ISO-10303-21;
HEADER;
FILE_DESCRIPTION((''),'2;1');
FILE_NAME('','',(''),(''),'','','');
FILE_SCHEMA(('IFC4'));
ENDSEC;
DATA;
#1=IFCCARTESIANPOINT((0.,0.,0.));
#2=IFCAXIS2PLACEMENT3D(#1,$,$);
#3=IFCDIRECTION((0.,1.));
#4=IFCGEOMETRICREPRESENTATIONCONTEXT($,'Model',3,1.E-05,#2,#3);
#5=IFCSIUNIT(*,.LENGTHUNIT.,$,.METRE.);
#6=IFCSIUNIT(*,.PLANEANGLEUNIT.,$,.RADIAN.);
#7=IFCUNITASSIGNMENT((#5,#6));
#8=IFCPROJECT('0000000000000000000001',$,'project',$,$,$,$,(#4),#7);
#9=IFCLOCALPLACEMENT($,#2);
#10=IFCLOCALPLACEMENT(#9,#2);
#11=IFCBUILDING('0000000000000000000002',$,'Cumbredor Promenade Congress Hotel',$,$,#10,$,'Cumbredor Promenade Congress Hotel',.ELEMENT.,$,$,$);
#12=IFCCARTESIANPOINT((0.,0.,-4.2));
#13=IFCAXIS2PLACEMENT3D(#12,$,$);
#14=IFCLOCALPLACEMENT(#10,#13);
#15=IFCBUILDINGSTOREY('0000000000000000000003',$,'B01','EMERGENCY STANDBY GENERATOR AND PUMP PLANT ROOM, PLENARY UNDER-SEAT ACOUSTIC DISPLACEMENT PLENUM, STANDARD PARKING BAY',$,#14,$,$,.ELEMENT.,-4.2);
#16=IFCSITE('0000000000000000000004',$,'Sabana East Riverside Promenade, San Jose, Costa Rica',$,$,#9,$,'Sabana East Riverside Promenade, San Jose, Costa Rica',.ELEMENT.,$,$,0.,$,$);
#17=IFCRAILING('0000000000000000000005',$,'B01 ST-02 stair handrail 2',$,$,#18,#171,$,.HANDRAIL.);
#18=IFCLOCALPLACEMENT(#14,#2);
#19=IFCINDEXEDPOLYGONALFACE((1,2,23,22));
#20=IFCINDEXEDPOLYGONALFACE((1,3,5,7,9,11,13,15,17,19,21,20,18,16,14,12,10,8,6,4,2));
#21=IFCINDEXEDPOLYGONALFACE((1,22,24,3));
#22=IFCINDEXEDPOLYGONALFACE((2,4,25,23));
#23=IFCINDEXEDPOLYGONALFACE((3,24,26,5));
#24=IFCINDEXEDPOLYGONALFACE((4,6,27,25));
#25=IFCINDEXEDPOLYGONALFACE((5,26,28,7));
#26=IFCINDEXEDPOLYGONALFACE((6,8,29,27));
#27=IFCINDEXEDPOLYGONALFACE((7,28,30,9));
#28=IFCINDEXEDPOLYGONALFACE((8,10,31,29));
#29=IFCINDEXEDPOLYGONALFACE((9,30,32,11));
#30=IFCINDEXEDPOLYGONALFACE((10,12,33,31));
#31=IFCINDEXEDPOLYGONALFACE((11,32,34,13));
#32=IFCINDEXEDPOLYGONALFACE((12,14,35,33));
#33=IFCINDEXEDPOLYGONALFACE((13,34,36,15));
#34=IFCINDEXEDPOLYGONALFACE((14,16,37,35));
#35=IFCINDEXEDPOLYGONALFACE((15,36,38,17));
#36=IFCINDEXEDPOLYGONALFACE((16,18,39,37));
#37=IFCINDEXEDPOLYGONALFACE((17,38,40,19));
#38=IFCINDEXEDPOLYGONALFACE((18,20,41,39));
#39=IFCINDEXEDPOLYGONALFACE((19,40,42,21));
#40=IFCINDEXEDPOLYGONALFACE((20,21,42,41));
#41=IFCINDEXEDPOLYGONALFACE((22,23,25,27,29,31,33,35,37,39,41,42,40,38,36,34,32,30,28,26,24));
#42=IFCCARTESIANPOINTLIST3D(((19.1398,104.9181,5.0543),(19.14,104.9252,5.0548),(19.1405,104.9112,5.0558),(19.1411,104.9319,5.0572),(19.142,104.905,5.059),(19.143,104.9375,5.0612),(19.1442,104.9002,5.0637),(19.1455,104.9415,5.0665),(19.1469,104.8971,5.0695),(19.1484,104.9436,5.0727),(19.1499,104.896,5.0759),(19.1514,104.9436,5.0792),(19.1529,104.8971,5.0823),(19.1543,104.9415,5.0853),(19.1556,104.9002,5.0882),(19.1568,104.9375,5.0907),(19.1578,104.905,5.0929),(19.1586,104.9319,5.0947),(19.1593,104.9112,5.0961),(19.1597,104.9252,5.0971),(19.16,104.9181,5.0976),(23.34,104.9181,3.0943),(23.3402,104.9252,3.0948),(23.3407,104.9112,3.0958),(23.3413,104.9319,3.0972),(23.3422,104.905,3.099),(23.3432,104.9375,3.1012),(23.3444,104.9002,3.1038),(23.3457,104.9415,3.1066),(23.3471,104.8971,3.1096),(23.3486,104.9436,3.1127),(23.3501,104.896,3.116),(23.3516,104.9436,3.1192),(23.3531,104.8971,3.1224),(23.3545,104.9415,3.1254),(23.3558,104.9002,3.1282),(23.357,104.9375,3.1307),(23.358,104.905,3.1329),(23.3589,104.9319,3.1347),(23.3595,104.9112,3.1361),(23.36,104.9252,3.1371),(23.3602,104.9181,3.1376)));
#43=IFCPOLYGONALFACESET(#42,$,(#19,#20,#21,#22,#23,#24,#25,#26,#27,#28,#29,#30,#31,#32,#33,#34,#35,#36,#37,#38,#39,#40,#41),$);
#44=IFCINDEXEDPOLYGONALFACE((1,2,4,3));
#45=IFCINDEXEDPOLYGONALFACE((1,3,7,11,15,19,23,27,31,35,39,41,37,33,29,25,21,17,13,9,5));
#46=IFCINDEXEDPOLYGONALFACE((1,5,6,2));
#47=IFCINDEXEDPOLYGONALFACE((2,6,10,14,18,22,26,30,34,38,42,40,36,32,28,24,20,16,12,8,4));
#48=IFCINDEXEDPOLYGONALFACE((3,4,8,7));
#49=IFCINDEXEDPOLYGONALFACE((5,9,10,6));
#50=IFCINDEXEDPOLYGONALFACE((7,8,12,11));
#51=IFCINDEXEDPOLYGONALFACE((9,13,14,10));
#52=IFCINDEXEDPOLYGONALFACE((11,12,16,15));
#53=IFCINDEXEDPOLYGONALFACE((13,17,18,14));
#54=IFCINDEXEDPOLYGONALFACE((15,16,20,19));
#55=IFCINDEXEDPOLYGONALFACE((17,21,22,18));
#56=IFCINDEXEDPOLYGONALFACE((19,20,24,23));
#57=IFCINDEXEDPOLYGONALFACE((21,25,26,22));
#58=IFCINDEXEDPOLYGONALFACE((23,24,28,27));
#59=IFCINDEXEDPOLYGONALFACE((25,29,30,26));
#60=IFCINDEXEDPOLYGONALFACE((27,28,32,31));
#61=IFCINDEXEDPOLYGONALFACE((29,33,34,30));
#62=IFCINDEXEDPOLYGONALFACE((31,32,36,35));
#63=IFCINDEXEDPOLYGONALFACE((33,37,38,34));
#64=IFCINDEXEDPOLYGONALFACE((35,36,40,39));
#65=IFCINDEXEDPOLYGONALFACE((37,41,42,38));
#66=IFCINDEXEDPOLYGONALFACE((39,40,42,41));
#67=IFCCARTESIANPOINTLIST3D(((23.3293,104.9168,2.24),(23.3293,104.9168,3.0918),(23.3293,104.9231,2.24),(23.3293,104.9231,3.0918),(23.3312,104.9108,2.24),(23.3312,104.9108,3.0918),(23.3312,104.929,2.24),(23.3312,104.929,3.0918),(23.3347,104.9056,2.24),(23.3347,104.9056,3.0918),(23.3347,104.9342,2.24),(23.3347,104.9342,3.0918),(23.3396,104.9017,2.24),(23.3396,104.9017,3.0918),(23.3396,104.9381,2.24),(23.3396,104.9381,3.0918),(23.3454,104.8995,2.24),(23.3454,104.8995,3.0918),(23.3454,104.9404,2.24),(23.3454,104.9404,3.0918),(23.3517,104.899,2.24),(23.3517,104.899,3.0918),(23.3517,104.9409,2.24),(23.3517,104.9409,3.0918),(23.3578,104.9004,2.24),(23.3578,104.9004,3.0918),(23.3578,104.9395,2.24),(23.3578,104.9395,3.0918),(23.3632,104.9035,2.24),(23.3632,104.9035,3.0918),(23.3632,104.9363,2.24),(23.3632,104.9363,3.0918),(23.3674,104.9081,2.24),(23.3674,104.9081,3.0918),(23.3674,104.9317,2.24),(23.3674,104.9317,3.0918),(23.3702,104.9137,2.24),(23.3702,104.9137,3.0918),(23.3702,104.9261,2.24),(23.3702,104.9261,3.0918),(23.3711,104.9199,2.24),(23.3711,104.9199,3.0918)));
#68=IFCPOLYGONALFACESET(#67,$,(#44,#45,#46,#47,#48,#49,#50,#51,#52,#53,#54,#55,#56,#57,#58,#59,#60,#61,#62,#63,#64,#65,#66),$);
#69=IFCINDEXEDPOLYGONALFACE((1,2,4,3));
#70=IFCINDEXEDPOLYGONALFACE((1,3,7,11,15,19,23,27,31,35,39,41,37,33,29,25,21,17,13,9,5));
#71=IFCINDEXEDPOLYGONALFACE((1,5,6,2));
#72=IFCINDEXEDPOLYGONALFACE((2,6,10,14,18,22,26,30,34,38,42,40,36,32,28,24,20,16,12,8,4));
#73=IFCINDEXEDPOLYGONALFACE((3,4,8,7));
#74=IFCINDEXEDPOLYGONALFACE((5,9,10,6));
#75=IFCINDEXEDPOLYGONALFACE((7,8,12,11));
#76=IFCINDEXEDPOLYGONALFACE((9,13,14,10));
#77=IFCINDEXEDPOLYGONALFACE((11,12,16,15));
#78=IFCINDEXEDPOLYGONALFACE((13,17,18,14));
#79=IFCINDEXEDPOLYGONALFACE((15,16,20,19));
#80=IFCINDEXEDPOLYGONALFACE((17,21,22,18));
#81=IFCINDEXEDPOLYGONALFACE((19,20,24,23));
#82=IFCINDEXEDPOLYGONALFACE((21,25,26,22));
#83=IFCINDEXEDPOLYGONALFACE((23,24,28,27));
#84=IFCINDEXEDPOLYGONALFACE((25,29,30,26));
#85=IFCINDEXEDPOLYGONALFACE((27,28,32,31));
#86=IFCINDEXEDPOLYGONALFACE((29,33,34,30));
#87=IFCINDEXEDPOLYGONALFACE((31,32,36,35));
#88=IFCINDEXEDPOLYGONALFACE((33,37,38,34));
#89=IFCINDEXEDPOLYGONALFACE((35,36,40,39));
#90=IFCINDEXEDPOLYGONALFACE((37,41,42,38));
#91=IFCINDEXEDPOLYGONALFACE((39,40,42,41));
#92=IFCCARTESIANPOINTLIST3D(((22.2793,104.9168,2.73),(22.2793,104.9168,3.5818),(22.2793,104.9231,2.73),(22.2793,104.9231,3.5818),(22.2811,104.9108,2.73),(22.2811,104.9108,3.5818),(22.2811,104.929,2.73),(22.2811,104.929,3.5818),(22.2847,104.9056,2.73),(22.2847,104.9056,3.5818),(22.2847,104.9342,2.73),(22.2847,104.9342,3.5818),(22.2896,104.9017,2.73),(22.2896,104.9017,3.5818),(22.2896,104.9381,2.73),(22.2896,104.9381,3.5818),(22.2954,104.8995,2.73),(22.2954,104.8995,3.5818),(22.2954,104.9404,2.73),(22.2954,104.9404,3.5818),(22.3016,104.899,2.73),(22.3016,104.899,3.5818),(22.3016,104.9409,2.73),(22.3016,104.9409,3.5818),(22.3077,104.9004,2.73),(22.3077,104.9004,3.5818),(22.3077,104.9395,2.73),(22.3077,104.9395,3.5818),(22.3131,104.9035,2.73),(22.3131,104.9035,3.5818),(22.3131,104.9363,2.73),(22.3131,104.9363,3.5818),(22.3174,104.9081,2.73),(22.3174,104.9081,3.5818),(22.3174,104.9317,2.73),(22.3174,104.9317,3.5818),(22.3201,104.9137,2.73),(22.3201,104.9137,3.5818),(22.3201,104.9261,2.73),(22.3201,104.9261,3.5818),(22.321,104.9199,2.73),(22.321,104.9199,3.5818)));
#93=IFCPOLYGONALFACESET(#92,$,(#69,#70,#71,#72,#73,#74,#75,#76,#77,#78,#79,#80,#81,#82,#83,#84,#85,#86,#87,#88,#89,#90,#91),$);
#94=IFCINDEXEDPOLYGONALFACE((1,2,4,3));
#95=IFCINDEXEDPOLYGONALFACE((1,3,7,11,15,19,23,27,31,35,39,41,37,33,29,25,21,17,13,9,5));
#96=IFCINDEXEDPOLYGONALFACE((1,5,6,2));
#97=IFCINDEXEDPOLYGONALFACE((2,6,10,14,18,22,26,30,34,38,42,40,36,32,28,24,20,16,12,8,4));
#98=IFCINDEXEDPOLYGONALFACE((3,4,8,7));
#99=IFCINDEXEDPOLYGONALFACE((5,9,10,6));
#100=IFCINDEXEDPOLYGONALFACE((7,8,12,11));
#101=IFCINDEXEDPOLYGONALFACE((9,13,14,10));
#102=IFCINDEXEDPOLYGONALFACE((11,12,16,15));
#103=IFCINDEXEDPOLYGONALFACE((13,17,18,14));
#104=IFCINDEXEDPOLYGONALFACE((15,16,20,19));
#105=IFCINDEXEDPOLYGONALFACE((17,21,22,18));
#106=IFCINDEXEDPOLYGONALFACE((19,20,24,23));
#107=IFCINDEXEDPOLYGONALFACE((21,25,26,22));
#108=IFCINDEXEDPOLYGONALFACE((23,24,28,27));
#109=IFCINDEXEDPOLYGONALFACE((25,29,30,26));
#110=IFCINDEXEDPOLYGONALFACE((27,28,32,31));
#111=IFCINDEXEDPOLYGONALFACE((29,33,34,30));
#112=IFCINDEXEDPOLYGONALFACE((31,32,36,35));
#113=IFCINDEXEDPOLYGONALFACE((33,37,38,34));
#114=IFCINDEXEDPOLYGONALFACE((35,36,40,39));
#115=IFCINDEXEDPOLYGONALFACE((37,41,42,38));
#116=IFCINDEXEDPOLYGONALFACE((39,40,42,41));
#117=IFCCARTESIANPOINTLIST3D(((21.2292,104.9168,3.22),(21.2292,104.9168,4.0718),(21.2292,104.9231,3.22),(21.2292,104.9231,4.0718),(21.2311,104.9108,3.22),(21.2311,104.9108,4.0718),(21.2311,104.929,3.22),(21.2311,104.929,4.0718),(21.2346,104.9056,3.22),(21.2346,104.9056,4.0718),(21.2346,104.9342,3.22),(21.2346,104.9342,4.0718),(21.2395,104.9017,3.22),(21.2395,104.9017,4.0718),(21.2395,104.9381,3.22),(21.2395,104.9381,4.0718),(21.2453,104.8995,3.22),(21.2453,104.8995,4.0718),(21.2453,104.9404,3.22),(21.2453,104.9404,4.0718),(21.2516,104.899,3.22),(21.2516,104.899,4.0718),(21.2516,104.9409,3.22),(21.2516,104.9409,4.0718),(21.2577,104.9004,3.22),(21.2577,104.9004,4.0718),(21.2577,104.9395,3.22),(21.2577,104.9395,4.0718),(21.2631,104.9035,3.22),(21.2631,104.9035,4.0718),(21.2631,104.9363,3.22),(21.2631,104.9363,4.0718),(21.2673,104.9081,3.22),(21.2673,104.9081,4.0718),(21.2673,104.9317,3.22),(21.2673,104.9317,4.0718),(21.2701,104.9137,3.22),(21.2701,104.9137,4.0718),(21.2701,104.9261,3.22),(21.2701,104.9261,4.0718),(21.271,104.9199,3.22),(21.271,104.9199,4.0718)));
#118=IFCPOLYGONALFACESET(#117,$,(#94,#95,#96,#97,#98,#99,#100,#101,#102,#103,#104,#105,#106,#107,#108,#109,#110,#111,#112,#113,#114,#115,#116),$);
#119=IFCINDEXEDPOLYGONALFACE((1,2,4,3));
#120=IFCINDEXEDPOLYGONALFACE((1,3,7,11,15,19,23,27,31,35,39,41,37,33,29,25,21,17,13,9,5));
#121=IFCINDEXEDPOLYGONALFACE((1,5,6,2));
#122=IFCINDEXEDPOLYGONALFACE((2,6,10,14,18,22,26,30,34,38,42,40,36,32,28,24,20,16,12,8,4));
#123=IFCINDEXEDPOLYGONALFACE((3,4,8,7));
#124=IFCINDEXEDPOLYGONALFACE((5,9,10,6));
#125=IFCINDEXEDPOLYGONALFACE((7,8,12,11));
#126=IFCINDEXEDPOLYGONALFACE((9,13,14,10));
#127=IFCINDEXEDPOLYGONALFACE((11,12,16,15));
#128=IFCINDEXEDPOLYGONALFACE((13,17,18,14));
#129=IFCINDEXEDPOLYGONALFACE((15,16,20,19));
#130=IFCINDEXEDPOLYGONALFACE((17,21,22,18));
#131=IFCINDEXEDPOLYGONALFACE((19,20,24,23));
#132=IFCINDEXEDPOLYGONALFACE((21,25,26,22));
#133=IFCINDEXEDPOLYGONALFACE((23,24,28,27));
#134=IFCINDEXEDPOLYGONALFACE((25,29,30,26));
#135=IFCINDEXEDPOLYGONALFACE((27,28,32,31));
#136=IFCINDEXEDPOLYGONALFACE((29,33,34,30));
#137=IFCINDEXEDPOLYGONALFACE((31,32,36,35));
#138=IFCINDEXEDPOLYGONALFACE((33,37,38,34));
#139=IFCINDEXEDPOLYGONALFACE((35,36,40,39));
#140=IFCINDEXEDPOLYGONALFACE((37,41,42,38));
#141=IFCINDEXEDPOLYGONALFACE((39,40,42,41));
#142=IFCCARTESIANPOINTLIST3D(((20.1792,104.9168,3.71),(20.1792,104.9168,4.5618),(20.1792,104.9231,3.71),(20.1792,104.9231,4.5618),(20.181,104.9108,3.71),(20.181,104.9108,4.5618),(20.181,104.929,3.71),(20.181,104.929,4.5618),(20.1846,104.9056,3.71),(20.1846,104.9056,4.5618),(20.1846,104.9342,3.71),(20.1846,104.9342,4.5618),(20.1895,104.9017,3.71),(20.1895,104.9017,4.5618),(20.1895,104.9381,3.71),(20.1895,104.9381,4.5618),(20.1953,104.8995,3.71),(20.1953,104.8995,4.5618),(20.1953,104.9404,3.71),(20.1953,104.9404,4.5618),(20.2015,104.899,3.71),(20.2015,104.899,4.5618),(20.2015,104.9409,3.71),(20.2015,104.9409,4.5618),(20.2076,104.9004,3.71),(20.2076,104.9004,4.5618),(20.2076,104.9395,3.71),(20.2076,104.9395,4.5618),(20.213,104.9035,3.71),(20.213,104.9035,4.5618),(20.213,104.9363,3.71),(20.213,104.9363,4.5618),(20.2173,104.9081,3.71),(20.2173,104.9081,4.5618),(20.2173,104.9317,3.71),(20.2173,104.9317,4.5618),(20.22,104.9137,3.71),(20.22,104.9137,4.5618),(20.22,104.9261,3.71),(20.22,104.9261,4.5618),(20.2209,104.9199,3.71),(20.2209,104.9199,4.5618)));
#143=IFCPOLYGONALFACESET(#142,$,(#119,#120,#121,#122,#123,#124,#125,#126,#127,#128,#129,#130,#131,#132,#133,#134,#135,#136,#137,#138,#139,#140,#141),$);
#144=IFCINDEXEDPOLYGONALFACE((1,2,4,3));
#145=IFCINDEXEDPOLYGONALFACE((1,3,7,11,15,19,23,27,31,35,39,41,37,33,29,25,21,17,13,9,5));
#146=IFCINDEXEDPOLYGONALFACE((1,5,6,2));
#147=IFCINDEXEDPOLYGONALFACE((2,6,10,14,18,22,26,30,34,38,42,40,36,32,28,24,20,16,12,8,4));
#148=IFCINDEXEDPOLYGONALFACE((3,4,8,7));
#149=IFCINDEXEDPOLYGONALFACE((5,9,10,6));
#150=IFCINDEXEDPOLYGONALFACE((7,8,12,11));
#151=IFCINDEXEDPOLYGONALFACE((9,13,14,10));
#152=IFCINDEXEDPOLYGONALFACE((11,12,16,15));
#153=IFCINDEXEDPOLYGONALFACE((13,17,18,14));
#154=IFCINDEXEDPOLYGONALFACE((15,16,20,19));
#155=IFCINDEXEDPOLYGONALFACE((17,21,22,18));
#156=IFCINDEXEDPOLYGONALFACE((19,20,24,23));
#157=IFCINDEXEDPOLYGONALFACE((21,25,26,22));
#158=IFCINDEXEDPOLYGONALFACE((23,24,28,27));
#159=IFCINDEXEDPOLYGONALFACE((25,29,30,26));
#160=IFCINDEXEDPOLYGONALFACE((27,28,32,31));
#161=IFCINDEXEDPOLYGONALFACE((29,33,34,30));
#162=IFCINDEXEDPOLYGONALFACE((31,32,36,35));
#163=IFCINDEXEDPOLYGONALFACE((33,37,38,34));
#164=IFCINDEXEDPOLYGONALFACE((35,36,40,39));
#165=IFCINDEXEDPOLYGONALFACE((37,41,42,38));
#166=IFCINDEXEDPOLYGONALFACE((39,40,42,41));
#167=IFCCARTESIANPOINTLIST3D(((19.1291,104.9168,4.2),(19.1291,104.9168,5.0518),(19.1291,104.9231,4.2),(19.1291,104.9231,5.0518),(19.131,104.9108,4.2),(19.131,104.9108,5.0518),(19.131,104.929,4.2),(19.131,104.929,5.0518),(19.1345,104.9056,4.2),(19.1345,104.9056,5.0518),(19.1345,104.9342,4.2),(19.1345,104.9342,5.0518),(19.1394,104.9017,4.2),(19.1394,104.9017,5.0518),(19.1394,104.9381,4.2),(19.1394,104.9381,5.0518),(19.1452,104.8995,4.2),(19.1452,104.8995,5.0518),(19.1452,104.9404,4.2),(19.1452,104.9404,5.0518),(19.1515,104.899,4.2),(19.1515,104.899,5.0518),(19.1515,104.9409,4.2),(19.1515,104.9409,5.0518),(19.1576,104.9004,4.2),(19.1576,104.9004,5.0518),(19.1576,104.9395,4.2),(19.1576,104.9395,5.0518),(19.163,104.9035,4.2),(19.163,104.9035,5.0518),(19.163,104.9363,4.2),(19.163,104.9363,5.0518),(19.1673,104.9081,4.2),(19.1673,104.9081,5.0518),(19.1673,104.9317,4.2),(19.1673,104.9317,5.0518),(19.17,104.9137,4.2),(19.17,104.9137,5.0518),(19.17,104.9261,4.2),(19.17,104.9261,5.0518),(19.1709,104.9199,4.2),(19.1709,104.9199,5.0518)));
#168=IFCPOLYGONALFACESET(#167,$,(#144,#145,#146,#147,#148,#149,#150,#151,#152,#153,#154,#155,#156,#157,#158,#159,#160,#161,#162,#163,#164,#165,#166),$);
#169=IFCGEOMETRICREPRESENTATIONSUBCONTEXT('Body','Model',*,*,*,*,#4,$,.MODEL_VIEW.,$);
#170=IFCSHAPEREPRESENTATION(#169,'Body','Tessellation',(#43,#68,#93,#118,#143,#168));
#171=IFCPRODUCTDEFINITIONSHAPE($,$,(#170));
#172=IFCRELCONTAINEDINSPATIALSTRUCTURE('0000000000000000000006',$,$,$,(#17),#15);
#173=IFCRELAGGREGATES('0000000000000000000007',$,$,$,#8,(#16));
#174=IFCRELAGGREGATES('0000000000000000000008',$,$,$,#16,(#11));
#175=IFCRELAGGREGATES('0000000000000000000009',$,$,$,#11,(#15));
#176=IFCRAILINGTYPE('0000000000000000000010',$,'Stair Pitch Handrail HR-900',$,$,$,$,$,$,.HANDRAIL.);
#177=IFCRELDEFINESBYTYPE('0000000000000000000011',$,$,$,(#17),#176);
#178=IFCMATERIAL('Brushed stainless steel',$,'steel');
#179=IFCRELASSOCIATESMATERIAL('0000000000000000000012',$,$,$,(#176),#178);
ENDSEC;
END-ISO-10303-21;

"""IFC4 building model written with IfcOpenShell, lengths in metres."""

from ifc_helpers import new_model, si_unit, direction, frame, origin, origin_2d, place, context, subcontext, project, spatial, circle, extrude, material, type_object, element, save


model = new_model("IFC4")

# Units and contexts
model_context = context("Model", 3, precision=1e-05, world=origin(), true_north=direction((0.0, 1.0)))
body_context = subcontext(model_context, "Body", "Model", "MODEL_VIEW")
ifc_project = project(units=[si_unit("LENGTHUNIT", "METRE"), si_unit("PLANEANGLEUNIT", "RADIAN")], contexts=[model_context])

# Site, building, storey
site_placement = place(None, origin())
site = spatial("IfcSite", under=ifc_project, at=site_placement, Name="Sabana East Riverside Promenade, San Jose, Costa Rica", LongName="Sabana East Riverside Promenade, San Jose, Costa Rica", CompositionType="ELEMENT", RefElevation=0.0)
building_placement = place(site_placement, origin())
building = spatial("IfcBuilding", under=site, at=building_placement, Name="Cumbredor Promenade Congress Hotel", LongName="Cumbredor Promenade Congress Hotel", CompositionType="ELEMENT")
storey_placement = place(building_placement, frame((0.0, 0.0, -4.2)))
storey = spatial("IfcBuildingStorey", under=building, at=storey_placement, Name="B01", Description="EMERGENCY STANDBY GENERATOR AND PUMP PLANT ROOM, PLENARY UNDER-SEAT ACOUSTIC DISPLACEMENT PLENUM, STANDARD PARKING BAY", CompositionType="ELEMENT", Elevation=-4.2)

# Railing
ifc_material_1 = material(Name="Brushed stainless steel", Category="steel")
railing_type_1 = type_object("IfcRailingType", Name="Stair Pitch Handrail HR-900", PredefinedType="HANDRAIL", material=ifc_material_1)
railing_1_placement = place(storey_placement, frame((23.3501, 104.9199, 2.24)))
element("IfcRailing", 1, at=railing_1_placement, inside=storey, type_object=railing_type_1, Name="B01 ST-02 stair handrail 2", PredefinedType="HANDRAIL", context=body_context, shape_type="SweptSolid", body=[
    extrude(circle(Radius=0.0239, at=origin_2d()), frame((0.0, 0.0, 0.876), z_axis=(-0.906194, 0.0, 0.422862), x_axis=(0.0, -1.0, 0.0)), (0.0, 0.0, 1.0), 4.635),
    extrude(circle(Radius=0.021, at=origin_2d()), origin(), (0.0, 0.0, 1.0), 0.8518),
    extrude(circle(Radius=0.021, at=origin_2d()), frame((-1.05, 0.0, 0.49)), (0.0, 0.0, 1.0), 0.8518),
    extrude(circle(Radius=0.021, at=origin_2d()), frame((-2.1001, 0.0, 0.98)), (0.0, 0.0, 1.0), 0.8518),
    extrude(circle(Radius=0.021, at=origin_2d()), frame((-3.1501, 0.0, 1.47)), (0.0, 0.0, 1.0), 0.8518),
    extrude(circle(Radius=0.021, at=origin_2d()), frame((-4.2002, 0.0, 1.96)), (0.0, 0.0, 1.0), 0.8518),
])

save(model, "model.ifc")
